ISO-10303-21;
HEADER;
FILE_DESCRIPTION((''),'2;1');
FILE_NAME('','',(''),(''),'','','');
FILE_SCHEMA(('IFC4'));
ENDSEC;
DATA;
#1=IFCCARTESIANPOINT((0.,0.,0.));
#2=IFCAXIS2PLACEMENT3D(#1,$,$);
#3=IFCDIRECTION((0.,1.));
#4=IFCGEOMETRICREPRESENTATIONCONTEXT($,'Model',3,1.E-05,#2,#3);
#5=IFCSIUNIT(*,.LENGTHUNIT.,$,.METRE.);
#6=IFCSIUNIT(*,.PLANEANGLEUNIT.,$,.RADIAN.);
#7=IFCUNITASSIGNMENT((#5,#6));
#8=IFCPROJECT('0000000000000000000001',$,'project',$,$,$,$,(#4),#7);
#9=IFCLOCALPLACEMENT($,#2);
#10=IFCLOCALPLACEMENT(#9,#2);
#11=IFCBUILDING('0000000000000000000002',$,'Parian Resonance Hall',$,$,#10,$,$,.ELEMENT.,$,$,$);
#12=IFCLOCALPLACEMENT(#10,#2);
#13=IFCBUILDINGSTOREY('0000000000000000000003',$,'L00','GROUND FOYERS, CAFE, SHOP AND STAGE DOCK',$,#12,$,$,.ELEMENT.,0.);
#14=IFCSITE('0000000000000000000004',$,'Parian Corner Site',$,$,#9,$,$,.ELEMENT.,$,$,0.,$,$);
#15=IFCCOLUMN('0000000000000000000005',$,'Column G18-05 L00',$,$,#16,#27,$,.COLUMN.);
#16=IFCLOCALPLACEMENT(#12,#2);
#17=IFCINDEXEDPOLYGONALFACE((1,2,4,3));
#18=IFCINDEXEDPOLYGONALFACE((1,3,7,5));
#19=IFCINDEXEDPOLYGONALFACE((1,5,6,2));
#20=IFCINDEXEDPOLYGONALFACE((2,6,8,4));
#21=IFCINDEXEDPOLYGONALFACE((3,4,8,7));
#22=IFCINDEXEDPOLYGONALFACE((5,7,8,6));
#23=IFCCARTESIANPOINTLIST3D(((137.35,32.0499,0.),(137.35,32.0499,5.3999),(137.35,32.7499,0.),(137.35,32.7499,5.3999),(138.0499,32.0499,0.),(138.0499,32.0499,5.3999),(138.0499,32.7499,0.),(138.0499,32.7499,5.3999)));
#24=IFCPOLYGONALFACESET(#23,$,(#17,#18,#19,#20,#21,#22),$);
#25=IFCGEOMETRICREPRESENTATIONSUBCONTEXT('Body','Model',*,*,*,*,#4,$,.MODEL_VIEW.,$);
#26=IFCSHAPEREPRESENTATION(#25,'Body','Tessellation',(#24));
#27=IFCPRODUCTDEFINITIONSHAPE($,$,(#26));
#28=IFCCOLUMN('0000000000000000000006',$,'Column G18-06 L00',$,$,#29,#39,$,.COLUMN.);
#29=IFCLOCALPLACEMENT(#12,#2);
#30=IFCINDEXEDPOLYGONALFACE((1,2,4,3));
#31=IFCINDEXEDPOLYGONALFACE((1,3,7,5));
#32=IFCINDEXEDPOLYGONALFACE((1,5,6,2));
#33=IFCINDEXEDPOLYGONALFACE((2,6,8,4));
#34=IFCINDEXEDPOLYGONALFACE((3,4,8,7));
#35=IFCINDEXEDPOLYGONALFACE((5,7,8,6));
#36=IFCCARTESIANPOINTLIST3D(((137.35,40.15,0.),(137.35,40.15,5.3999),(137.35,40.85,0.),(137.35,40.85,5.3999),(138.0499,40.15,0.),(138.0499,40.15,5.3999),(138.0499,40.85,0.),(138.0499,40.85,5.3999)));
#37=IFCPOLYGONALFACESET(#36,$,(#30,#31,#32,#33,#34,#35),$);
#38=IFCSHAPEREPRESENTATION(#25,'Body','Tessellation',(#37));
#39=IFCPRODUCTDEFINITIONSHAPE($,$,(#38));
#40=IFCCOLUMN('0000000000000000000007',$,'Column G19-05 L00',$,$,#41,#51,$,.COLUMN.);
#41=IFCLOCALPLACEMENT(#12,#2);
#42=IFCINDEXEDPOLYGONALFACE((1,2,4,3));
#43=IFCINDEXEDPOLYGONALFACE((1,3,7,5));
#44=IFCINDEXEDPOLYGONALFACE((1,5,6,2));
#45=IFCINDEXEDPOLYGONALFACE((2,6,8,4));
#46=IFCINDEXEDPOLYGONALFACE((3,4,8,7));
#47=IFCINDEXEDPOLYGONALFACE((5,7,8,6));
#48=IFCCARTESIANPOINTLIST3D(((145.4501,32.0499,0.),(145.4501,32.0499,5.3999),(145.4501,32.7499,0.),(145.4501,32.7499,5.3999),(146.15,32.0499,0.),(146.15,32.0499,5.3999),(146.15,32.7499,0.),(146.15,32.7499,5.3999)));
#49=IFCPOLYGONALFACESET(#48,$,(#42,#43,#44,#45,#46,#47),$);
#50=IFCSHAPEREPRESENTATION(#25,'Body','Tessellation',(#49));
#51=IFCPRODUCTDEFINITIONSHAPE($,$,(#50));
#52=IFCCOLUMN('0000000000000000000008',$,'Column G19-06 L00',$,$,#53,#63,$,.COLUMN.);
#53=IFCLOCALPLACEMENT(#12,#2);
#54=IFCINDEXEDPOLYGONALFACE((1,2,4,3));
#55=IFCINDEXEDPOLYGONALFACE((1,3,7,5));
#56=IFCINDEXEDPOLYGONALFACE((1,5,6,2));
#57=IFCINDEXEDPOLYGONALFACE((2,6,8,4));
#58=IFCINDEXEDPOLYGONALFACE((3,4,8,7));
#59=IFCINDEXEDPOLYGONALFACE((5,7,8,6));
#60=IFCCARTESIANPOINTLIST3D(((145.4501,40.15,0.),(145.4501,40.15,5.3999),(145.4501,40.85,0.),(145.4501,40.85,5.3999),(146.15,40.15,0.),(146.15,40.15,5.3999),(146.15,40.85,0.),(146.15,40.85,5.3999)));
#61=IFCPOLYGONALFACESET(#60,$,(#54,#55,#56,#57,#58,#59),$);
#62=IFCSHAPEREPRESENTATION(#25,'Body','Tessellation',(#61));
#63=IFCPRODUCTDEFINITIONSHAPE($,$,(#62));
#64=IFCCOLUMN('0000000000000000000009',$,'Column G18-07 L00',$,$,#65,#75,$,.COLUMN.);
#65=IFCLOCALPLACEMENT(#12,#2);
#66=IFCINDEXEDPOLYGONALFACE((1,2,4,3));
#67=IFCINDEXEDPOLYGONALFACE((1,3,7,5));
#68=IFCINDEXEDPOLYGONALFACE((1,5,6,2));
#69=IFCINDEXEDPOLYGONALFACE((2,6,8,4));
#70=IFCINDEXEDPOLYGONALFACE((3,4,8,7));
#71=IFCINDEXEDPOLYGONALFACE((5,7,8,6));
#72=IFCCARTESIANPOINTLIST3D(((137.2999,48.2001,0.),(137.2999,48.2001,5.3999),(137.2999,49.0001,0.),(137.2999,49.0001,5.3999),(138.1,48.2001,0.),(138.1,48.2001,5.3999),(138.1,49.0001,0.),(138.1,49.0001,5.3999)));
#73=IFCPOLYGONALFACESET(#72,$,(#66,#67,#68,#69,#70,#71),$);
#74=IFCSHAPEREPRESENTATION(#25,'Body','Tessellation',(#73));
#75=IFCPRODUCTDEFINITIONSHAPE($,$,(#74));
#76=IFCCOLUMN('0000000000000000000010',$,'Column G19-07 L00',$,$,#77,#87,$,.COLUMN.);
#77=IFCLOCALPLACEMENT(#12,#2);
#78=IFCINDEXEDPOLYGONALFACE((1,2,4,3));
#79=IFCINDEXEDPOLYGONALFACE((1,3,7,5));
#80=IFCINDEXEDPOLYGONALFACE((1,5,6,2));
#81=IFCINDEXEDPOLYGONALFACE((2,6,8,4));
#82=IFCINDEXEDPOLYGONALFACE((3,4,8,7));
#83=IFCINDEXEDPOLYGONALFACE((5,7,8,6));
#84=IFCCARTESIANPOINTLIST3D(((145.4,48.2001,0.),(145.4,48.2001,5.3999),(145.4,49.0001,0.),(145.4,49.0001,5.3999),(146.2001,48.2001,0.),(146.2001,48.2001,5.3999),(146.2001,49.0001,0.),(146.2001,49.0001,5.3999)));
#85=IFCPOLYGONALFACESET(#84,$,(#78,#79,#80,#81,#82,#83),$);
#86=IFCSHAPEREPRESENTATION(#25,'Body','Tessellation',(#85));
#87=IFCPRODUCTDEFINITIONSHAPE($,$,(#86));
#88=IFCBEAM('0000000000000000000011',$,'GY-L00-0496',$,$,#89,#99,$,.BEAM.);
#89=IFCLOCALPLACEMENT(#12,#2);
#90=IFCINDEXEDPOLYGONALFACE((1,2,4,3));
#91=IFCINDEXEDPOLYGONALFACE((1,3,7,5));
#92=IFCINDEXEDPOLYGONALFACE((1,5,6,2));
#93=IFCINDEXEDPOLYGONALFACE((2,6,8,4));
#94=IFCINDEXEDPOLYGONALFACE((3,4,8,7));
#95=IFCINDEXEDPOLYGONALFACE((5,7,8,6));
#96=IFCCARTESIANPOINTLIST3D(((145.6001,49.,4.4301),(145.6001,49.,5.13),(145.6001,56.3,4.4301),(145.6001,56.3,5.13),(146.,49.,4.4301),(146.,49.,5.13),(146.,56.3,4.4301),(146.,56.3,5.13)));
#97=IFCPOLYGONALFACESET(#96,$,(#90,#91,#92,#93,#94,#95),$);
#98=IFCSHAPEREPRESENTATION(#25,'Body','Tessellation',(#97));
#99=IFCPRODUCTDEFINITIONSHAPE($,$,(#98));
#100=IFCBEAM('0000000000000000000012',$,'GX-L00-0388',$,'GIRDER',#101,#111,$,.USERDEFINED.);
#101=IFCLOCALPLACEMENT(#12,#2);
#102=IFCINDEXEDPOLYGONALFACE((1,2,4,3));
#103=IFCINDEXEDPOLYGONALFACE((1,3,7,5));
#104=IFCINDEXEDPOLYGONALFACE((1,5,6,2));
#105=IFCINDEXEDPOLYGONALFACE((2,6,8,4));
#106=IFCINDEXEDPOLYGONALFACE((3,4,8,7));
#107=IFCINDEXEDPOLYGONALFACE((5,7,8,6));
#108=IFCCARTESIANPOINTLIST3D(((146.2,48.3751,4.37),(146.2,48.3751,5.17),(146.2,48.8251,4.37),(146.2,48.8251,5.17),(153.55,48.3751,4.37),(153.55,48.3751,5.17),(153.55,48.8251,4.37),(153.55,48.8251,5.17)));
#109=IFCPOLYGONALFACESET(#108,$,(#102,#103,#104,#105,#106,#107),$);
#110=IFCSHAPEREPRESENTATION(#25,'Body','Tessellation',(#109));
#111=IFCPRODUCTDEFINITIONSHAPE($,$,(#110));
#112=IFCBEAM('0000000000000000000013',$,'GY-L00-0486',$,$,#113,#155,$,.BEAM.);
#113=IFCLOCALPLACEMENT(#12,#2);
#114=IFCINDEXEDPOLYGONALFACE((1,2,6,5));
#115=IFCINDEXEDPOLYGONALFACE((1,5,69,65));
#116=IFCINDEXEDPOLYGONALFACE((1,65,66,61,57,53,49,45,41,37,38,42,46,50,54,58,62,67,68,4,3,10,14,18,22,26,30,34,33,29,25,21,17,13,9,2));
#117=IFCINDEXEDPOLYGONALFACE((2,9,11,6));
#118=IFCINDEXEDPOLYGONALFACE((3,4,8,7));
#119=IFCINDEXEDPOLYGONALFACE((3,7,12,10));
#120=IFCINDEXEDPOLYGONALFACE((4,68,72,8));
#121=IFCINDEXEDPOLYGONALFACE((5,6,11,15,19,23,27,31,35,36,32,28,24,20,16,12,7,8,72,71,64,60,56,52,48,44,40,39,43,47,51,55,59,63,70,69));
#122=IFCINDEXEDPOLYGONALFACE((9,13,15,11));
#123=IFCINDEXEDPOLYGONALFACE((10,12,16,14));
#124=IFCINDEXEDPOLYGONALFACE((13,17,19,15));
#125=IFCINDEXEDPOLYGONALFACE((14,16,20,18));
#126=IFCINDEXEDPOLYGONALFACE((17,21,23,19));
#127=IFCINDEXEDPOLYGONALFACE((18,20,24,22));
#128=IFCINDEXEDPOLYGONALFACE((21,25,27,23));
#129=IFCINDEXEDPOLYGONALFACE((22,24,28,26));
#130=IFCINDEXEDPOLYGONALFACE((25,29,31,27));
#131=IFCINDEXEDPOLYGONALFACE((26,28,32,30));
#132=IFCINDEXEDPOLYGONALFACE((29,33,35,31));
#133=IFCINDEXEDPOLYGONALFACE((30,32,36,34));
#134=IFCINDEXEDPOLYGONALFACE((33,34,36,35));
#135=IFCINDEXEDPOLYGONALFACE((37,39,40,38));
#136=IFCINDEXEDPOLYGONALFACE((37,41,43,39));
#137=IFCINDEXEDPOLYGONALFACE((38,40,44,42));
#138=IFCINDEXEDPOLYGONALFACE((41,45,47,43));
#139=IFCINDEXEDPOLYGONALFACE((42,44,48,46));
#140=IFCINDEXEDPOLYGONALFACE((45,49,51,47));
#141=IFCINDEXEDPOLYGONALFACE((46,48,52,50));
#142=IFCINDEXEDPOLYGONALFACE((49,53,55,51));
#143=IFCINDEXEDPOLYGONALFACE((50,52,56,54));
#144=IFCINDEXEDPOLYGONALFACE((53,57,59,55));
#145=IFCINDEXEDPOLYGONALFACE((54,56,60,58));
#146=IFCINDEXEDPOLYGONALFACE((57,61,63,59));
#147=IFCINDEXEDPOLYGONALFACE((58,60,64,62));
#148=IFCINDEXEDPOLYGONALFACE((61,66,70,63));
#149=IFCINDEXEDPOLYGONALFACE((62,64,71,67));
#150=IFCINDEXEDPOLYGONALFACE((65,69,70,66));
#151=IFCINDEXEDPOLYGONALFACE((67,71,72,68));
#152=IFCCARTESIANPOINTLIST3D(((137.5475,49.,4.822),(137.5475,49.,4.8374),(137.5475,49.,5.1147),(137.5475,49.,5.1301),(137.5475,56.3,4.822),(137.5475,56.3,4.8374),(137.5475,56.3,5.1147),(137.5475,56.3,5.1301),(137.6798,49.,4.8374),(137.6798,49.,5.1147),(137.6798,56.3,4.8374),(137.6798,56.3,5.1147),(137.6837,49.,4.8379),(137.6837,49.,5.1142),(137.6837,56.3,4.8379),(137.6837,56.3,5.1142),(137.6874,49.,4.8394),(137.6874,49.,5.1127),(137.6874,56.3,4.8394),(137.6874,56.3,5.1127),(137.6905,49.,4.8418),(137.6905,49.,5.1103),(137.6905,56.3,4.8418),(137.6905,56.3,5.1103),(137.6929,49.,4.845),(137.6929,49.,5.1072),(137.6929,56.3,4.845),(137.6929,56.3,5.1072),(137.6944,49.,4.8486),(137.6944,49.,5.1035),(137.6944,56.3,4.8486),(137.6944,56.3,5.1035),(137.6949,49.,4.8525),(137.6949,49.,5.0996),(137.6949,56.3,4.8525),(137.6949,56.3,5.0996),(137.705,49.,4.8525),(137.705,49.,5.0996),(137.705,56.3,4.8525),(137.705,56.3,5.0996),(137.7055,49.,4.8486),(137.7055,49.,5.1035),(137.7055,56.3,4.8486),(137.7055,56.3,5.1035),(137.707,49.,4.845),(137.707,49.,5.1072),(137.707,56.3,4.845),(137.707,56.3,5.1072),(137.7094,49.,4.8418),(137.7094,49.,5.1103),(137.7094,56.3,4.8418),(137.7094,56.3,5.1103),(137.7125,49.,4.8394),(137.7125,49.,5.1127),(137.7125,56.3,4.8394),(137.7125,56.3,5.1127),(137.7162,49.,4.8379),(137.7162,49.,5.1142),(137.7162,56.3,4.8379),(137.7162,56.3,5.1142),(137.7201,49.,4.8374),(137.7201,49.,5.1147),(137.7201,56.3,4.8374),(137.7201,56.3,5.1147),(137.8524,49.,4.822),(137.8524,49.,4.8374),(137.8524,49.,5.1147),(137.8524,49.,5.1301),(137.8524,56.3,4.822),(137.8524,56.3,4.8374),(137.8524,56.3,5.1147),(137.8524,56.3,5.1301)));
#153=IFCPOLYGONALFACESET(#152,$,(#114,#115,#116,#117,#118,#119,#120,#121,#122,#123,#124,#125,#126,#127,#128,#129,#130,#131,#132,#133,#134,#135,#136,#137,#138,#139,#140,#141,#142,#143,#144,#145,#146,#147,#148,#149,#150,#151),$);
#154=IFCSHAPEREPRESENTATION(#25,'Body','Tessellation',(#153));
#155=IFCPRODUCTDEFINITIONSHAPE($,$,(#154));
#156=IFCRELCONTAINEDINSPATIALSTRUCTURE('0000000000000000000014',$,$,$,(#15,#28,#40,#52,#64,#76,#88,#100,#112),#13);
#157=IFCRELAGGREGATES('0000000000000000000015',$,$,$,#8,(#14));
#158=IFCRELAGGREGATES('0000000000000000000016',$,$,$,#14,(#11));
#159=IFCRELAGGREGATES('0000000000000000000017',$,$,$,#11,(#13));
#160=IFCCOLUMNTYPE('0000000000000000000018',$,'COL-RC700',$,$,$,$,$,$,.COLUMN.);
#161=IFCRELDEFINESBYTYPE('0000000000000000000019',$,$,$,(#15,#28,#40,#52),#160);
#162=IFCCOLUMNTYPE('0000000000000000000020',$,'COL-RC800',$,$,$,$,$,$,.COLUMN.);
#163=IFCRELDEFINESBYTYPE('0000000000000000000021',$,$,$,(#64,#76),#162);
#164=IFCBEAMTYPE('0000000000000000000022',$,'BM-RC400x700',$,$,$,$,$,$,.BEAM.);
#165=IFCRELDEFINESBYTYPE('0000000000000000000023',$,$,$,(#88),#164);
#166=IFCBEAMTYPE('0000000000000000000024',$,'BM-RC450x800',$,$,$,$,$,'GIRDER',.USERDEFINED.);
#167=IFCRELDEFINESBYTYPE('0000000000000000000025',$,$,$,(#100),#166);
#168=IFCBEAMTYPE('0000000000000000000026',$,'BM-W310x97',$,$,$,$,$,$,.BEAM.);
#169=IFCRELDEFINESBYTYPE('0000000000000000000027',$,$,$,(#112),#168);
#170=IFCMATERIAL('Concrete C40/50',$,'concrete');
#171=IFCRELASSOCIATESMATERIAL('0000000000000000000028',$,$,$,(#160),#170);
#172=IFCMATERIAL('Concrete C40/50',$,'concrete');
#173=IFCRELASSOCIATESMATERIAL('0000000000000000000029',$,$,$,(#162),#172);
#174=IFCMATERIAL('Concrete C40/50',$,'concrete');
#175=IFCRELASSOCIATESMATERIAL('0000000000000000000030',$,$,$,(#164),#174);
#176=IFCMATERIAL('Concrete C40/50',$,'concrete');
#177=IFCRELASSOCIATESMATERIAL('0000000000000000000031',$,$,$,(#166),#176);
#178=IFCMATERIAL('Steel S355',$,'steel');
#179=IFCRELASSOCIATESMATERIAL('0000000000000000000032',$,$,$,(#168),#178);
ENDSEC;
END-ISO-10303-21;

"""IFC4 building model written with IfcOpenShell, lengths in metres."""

from ifc_helpers import new_model, si_unit, direction, frame, origin, origin_2d, place, context, subcontext, project, spatial, rectangle, i_section, extrude, material, material_profile, profile_set, type_object, element, save


model = new_model("IFC4")

# Units and contexts
model_context = context("Model", 3, precision=1e-05, world=origin(), true_north=direction((0.0, 1.0)))
body_context = subcontext(model_context, "Body", "Model", "MODEL_VIEW")
ifc_project = project(units=[si_unit("LENGTHUNIT", "METRE"), si_unit("PLANEANGLEUNIT", "RADIAN")], contexts=[model_context])

# Site, building, storey
site_placement = place(None, origin())
site = spatial("IfcSite", under=ifc_project, at=site_placement, Name="Parian Corner Site", CompositionType="ELEMENT", RefElevation=0.0)
building_placement = place(site_placement, origin())
building = spatial("IfcBuilding", under=site, at=building_placement, Name="Parian Resonance Hall", CompositionType="ELEMENT")
storey_placement = place(building_placement, origin())
storey = spatial("IfcBuildingStorey", under=building, at=storey_placement, Name="L00", Description="GROUND FOYERS, CAFE, SHOP AND STAGE DOCK", CompositionType="ELEMENT", Elevation=0.0)

# Columns
ifc_material_1 = material(Name="Concrete C40/50", Category="concrete")
ifc_material_profile_1 = material_profile(ifc_material_1, rectangle(XDim=0.7, YDim=0.7, at=origin_2d()), Name="RC-COL-700x700")
ifc_profile_set_1 = profile_set([ifc_material_profile_1], Name="Concrete C40/50")
column_type_1 = type_object("IfcColumnType", Name="COL-RC700", PredefinedType="COLUMN", material=ifc_profile_set_1)
for number, where, z_axis, x_axis, name in (
    (1, (137.7, 32.3999, 0.0), (0.0, 0.0, 1.0), (1.0, 0.0, 0.0), "Column G18-05 L00"),
    (2, (137.7, 40.5, 0.0), (0.0, 0.0, 1.0), (1.0, 0.0, 0.0), "Column G18-06 L00"),
    (3, (145.8, 32.3999, 0.0), (0.0, 0.0, 1.0), (1.0, 0.0, 0.0), "Column G19-05 L00"),
    (4, (145.8, 40.5, 0.0), (0.0, 0.0, 1.0), (1.0, 0.0, 0.0), "Column G19-06 L00"),
):
    element("IfcColumn", number, at=place(storey_placement, frame(where, z_axis=z_axis, x_axis=x_axis)), inside=storey, type_object=column_type_1, Name=name, PredefinedType="COLUMN", context=body_context, shape_type="SweptSolid", body=[
        extrude(rectangle(XDim=0.7, YDim=0.7, at=origin_2d()), origin(), (0.0, 0.0, 1.0), 5.3999),
    ])
ifc_material_2 = material(Name="Concrete C40/50", Category="concrete")
ifc_material_profile_2 = material_profile(ifc_material_2, rectangle(XDim=0.8, YDim=0.8, at=origin_2d()), Name="RC-COL-800x800")
ifc_profile_set_2 = profile_set([ifc_material_profile_2], Name="Concrete C40/50")
column_type_2 = type_object("IfcColumnType", Name="COL-RC800", PredefinedType="COLUMN", material=ifc_profile_set_2)
for number, where, z_axis, x_axis, name in (
    (5, (137.7, 48.6001, 0.0), (0.0, 0.0, 1.0), (1.0, 0.0, 0.0), "Column G18-07 L00"),
    (6, (145.8, 48.6001, 0.0), (0.0, 0.0, 1.0), (1.0, 0.0, 0.0), "Column G19-07 L00"),
):
    element("IfcColumn", number, at=place(storey_placement, frame(where, z_axis=z_axis, x_axis=x_axis)), inside=storey, type_object=column_type_2, Name=name, PredefinedType="COLUMN", context=body_context, shape_type="SweptSolid", body=[
        extrude(rectangle(XDim=0.8, YDim=0.8, at=origin_2d()), origin(), (0.0, 0.0, 1.0), 5.3999),
    ])

# Beams
ifc_material_3 = material(Name="Concrete C40/50", Category="concrete")
ifc_material_profile_3 = material_profile(ifc_material_3, rectangle(XDim=0.3999, YDim=0.7, at=origin_2d()), Name="RC-BM-400x700")
ifc_profile_set_3 = profile_set([ifc_material_profile_3], Name="Concrete C40/50")
beam_type_1 = type_object("IfcBeamType", Name="BM-RC400x700", PredefinedType="BEAM", material=ifc_profile_set_3)
beam_1_placement = place(storey_placement, frame((145.8, 49.0, 4.78), z_axis=(0.0, 1.0, 0.0), x_axis=(-1.0, 0.0, 0.0)))
element("IfcBeam", 7, at=beam_1_placement, inside=storey, type_object=beam_type_1, Name="GY-L00-0496", PredefinedType="BEAM", context=body_context, shape_type="SweptSolid", body=[
    extrude(rectangle(XDim=0.3999, YDim=0.7, at=origin_2d()), origin(), (0.0, 0.0, 1.0), 7.3),
])
ifc_material_4 = material(Name="Concrete C40/50", Category="concrete")
ifc_material_profile_4 = material_profile(ifc_material_4, rectangle(XDim=0.45, YDim=0.8, at=origin_2d()), Name="RC-BM-450x800")
ifc_profile_set_4 = profile_set([ifc_material_profile_4], Name="Concrete C40/50")
beam_type_2 = type_object("IfcBeamType", Name="BM-RC450x800", ElementType="GIRDER", PredefinedType="USERDEFINED", material=ifc_profile_set_4)
beam_2_placement = place(storey_placement, frame((146.2, 48.6001, 4.77), z_axis=(1.0, 0.0, 0.0), x_axis=(0.0, 1.0, 0.0)))
element("IfcBeam", 8, at=beam_2_placement, inside=storey, type_object=beam_type_2, Name="GX-L00-0388", ObjectType="GIRDER", PredefinedType="USERDEFINED", context=body_context, shape_type="SweptSolid", body=[
    extrude(rectangle(XDim=0.45, YDim=0.8, at=origin_2d()), origin(), (0.0, 0.0, 1.0), 7.3501),
])
ifc_material_5 = material(Name="Steel S355", Category="steel")
ifc_material_profile_5 = material_profile(ifc_material_5, i_section(OverallWidth=0.3049, OverallDepth=0.3081, WebThickness=0.01, FlangeThickness=0.0154, FilletRadius=0.0151, at=origin_2d()), Name="W310x97")
ifc_profile_set_5 = profile_set([ifc_material_profile_5], Name="Steel S355")
beam_type_3 = type_object("IfcBeamType", Name="BM-W310x97", PredefinedType="BEAM", material=ifc_profile_set_5)
beam_3_placement = place(storey_placement, frame((137.7, 49.0, 4.9761), z_axis=(0.0, 1.0, 0.0), x_axis=(-1.0, 0.0, 0.0)))
element("IfcBeam", 9, at=beam_3_placement, inside=storey, type_object=beam_type_3, Name="GY-L00-0486", PredefinedType="BEAM", context=body_context, shape_type="SweptSolid", body=[
    extrude(i_section(OverallWidth=0.3049, OverallDepth=0.3081, WebThickness=0.01, FlangeThickness=0.0154, FilletRadius=0.0151, at=origin_2d()), origin(), (0.0, 0.0, 1.0), 7.3),
])

save(model, "model.ifc")
